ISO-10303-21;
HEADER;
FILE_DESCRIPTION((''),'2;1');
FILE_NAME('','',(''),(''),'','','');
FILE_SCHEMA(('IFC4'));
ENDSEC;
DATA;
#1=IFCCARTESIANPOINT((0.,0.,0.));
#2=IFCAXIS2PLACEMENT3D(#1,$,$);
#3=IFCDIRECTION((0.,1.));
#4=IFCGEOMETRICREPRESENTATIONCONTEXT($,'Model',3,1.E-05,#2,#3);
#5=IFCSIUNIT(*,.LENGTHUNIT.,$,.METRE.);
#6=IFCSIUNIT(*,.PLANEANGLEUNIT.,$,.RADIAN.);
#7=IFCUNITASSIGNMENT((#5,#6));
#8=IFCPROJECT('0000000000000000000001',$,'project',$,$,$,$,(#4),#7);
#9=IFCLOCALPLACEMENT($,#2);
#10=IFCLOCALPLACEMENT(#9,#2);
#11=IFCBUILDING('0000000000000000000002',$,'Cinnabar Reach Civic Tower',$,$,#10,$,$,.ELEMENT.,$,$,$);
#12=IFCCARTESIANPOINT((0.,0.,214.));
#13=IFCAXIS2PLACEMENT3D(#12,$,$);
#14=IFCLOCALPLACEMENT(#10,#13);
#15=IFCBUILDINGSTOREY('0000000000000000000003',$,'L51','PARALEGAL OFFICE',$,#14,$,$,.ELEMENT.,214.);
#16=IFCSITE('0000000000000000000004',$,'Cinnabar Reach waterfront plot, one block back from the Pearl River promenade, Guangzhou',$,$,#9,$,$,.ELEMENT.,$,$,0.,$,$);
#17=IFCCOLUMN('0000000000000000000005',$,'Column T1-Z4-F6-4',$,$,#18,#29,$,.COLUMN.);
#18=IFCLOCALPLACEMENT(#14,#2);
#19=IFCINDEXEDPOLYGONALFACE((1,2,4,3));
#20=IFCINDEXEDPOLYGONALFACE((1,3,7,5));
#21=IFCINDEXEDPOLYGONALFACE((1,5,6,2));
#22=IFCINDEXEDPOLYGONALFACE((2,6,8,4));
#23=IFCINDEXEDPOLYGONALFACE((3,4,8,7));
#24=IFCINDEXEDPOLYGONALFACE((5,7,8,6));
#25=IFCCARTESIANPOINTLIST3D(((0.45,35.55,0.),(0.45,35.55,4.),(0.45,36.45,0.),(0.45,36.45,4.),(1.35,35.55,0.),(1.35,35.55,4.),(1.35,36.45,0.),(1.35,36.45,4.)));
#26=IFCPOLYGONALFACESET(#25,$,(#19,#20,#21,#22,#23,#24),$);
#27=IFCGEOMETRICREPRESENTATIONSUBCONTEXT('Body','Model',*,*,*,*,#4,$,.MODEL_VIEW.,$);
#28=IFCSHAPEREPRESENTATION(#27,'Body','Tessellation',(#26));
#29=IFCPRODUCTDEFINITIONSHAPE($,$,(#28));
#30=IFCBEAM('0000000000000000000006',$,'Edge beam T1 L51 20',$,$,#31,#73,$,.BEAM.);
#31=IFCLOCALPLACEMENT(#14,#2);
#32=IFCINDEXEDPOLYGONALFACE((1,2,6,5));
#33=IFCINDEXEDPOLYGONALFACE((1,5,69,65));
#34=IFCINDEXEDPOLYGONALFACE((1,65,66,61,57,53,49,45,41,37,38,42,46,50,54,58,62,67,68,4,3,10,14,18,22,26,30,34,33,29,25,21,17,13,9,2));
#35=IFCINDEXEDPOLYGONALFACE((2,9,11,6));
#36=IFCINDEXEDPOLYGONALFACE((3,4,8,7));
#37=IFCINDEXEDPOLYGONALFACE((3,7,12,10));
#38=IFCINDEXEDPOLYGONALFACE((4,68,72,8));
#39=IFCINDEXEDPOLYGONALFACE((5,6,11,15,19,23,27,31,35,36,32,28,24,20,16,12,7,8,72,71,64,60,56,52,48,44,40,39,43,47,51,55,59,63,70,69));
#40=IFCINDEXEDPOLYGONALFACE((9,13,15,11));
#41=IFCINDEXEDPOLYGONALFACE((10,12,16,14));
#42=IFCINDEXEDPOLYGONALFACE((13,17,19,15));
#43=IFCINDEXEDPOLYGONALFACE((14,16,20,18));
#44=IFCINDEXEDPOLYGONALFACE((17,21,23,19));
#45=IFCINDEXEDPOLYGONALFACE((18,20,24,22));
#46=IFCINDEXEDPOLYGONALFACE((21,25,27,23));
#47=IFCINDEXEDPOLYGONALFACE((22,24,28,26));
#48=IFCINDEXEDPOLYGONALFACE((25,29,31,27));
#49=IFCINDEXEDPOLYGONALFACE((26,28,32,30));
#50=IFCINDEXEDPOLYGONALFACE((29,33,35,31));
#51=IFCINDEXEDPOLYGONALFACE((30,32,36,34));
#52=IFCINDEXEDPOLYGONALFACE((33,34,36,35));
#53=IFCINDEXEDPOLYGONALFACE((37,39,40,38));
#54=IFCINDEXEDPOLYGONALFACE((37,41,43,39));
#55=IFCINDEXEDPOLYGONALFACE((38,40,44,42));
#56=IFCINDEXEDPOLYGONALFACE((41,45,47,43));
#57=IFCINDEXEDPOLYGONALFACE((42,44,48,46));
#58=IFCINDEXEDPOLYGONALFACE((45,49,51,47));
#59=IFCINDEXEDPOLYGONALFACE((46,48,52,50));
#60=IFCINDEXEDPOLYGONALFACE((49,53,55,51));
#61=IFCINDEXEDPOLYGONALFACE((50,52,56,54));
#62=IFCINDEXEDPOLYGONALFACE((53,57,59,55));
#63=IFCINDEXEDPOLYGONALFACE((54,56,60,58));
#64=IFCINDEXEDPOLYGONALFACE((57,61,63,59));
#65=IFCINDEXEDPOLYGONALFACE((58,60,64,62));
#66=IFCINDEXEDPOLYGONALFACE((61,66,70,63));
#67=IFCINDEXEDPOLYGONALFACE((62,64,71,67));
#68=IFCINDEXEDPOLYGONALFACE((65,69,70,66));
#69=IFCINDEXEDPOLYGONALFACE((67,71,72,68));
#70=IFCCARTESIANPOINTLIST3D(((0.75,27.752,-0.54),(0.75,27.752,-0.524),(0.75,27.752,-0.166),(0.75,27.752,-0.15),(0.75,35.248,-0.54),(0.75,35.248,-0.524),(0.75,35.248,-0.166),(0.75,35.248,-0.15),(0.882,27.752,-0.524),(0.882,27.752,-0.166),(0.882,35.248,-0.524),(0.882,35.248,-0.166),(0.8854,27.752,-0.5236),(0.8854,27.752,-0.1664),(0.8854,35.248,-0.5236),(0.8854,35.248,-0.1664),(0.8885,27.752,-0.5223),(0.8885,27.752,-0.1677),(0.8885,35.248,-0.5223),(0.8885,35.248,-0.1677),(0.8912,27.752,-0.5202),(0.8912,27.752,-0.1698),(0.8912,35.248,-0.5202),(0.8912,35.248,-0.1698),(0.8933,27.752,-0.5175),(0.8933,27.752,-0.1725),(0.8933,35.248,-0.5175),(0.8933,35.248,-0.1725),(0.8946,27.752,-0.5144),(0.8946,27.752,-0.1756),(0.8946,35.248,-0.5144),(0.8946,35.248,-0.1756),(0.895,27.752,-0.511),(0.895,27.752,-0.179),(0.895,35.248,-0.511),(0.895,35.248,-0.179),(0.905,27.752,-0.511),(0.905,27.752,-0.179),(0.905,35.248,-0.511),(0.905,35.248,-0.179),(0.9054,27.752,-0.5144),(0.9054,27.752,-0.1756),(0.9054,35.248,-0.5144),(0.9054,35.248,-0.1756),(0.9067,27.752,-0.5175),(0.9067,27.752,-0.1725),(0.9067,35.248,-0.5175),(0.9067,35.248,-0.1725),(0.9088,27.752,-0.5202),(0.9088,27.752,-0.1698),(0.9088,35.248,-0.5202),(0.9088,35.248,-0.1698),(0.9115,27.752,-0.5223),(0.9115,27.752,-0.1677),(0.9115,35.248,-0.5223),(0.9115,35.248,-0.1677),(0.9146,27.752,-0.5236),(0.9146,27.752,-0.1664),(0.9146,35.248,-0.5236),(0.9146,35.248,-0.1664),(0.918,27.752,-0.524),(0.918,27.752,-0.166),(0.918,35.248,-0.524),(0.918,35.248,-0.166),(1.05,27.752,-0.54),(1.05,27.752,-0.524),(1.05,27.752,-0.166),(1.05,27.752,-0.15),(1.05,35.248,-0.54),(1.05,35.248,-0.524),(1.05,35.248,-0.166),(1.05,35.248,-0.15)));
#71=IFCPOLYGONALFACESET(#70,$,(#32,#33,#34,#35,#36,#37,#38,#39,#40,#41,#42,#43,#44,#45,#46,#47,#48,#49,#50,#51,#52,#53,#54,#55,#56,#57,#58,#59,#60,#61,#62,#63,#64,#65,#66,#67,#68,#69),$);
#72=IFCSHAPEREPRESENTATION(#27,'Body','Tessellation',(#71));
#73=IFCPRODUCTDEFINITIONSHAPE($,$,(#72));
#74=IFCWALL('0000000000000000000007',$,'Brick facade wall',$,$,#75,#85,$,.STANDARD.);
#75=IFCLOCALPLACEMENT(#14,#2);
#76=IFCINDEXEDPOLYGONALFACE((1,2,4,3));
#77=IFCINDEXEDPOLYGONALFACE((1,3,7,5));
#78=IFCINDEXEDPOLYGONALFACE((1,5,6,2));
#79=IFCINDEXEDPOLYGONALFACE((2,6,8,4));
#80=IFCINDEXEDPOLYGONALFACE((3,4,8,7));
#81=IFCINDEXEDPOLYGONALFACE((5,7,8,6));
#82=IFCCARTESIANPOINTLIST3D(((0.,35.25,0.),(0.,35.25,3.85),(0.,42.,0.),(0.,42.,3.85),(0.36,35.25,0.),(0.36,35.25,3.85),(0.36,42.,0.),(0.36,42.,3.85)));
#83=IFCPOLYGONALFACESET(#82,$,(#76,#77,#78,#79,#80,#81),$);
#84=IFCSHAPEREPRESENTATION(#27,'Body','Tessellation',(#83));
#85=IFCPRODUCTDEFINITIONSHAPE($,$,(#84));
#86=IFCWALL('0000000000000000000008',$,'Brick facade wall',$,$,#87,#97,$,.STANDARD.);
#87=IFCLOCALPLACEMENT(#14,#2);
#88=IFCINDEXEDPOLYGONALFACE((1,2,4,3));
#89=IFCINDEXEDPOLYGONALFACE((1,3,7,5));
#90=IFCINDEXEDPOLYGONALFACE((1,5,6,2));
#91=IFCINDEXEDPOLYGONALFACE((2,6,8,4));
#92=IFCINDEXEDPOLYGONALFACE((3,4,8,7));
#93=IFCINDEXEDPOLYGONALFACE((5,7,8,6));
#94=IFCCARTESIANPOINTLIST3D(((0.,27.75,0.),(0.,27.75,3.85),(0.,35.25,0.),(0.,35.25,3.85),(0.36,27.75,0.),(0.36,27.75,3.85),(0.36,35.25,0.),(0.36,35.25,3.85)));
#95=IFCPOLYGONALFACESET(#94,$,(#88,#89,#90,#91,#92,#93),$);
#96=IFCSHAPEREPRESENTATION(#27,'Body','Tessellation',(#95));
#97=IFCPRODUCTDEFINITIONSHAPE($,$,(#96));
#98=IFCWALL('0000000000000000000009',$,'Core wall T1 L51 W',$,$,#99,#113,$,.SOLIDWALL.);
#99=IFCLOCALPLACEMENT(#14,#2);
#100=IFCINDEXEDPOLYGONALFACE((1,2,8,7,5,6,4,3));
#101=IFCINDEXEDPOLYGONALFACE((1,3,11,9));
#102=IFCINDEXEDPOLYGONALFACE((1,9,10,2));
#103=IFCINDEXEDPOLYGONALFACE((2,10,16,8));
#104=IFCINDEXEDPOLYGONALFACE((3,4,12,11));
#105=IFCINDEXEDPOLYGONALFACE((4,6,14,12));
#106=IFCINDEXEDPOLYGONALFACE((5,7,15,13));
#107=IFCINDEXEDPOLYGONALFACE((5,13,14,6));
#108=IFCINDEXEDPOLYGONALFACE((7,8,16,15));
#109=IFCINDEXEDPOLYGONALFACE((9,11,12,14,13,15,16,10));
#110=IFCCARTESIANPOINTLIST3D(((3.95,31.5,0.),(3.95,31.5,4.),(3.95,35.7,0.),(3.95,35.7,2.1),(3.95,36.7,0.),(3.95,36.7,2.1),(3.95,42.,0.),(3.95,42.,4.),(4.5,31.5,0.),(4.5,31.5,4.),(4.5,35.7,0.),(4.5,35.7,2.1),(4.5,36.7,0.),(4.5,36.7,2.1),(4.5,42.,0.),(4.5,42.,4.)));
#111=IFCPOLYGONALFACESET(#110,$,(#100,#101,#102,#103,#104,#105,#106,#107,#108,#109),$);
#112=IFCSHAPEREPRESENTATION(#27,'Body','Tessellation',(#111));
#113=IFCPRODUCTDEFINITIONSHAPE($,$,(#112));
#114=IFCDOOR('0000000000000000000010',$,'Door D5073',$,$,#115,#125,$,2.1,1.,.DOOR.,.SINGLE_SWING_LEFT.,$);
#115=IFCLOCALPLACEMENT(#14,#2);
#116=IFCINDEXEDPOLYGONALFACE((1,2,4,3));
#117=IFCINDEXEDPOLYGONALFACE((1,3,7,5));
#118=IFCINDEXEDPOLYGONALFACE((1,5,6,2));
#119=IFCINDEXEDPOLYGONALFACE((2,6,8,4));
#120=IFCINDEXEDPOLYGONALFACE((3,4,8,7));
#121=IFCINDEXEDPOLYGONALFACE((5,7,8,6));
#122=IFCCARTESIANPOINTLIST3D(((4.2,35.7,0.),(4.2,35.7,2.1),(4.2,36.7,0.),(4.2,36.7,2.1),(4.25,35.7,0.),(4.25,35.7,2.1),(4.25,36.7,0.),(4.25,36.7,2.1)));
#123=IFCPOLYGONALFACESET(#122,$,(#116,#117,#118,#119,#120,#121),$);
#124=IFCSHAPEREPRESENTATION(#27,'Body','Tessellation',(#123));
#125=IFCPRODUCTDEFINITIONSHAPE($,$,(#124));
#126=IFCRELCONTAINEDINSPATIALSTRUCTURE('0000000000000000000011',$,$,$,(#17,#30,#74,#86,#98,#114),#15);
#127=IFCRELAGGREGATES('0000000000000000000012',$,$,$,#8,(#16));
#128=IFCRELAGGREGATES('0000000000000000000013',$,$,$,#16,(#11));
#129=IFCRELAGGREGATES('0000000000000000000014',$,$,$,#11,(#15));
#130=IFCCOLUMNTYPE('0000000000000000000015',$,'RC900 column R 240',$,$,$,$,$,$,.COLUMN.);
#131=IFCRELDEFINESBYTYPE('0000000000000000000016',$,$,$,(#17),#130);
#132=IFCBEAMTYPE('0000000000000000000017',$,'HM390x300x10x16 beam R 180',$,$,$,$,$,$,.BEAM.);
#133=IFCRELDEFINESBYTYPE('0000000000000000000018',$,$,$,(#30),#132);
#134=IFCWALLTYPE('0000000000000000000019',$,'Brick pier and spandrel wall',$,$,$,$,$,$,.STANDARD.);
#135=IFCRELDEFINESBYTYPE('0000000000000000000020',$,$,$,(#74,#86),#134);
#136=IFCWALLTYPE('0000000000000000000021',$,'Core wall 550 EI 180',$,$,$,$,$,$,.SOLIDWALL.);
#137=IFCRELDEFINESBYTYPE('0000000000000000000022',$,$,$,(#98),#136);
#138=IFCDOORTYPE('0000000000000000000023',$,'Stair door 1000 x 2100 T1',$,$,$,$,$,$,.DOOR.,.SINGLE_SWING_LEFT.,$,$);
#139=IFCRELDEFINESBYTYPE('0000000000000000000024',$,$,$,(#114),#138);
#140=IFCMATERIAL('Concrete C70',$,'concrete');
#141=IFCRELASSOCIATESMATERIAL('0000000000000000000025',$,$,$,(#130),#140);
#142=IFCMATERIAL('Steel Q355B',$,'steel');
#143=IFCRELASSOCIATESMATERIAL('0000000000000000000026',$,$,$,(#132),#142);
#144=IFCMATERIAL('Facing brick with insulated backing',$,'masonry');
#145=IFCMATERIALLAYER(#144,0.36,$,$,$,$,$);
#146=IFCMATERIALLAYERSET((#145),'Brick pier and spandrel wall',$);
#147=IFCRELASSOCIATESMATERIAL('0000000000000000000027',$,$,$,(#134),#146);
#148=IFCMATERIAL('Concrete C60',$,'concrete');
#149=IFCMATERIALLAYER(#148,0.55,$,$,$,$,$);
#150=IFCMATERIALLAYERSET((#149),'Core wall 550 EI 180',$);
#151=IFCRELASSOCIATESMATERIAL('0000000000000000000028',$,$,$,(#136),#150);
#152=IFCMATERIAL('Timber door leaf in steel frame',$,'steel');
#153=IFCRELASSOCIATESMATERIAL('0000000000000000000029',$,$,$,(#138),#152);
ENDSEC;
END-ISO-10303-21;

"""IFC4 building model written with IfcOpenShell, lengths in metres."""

from ifc_helpers import new_model, si_unit, direction, frame, frame_2d, origin, origin_2d, place, context, subcontext, project, spatial, rectangle, i_section, extrude, material, layer, layer_set, material_profile, profile_set, type_object, element, fill, save


model = new_model("IFC4")

# Units and contexts
model_context = context("Model", 3, precision=1e-05, world=origin(), true_north=direction((0.0, 1.0)))
body_context = subcontext(model_context, "Body", "Model", "MODEL_VIEW")
ifc_project = project(units=[si_unit("LENGTHUNIT", "METRE"), si_unit("PLANEANGLEUNIT", "RADIAN")], contexts=[model_context])

# Site, building, storey
site_placement = place(None, origin())
site = spatial("IfcSite", under=ifc_project, at=site_placement, Name="Cinnabar Reach waterfront plot, one block back from the Pearl River promenade, Guangzhou", CompositionType="ELEMENT", RefElevation=0.0)
building_placement = place(site_placement, origin())
building = spatial("IfcBuilding", under=site, at=building_placement, Name="Cinnabar Reach Civic Tower", CompositionType="ELEMENT")
storey_placement = place(building_placement, frame((0.0, 0.0, 214.0)))
storey = spatial("IfcBuildingStorey", under=building, at=storey_placement, Name="L51", Description="PARALEGAL OFFICE", CompositionType="ELEMENT", Elevation=214.0)

# Column
ifc_material_1 = material(Name="Concrete C70", Category="concrete")
ifc_material_profile_1 = material_profile(ifc_material_1, rectangle(XDim=0.9, YDim=0.9, at=origin_2d()), Name="RC900")
ifc_profile_set_1 = profile_set([ifc_material_profile_1], Name="Concrete C70")
column_type = type_object("IfcColumnType", Name="RC900 column R 240", PredefinedType="COLUMN", material=ifc_profile_set_1)
column_placement = place(storey_placement, frame((0.9, 36.0, 0.0), z_axis=(0.0, 0.0, 1.0), x_axis=(1.0, 0.0, 0.0)))
element("IfcColumn", 1, at=column_placement, inside=storey, type_object=column_type, Name="Column T1-Z4-F6-4", PredefinedType="COLUMN", context=body_context, shape_type="SweptSolid", body=[
    extrude(rectangle(XDim=0.9, YDim=0.9, at=origin_2d()), origin(), (0.0, 0.0, 1.0), 4.0),
])

# Beam
ifc_material_2 = material(Name="Steel Q355B", Category="steel")
ifc_material_profile_2 = material_profile(ifc_material_2, i_section(OverallWidth=0.3, OverallDepth=0.39, WebThickness=0.01, FlangeThickness=0.016, FilletRadius=0.013, at=origin_2d()), Name="HM390x300x10x16")
ifc_profile_set_2 = profile_set([ifc_material_profile_2], Name="Steel Q355B")
beam_type = type_object("IfcBeamType", Name="HM390x300x10x16 beam R 180", PredefinedType="BEAM", material=ifc_profile_set_2)
beam_placement = place(storey_placement, frame((0.9, 35.248, -0.345), z_axis=(0.0, -1.0, 0.0), x_axis=(1.0, 0.0, 0.0)))
element("IfcBeam", 2, at=beam_placement, inside=storey, type_object=beam_type, Name="Edge beam T1 L51 20", PredefinedType="BEAM", context=body_context, shape_type="SweptSolid", body=[
    extrude(i_section(OverallWidth=0.3, OverallDepth=0.39, WebThickness=0.01, FlangeThickness=0.016, FilletRadius=0.013, at=origin_2d()), origin(), (0.0, 0.0, 1.0), 7.496),
])

# Walls
ifc_material_3 = material(Name="Facing brick with insulated backing", Category="masonry")
ifc_layer_1 = layer(ifc_material_3, 0.36)
ifc_layer_set_1 = layer_set([ifc_layer_1], Name="Brick pier and spandrel wall")
wall_type_1 = type_object("IfcWallType", Name="Brick pier and spandrel wall", PredefinedType="STANDARD", material=ifc_layer_set_1)
wall_1_placement = place(storey_placement, frame((0.18, 42.0, 0.0), z_axis=(0.0, 0.0, 1.0), x_axis=(0.0, -1.0, 0.0)))
element("IfcWall", 3, at=wall_1_placement, inside=storey, type_object=wall_type_1, Name="Brick facade wall", PredefinedType="STANDARD", context=body_context, shape_type="SweptSolid", body=[
    extrude(rectangle(XDim=6.75, YDim=0.36, at=frame_2d((3.375, 0.0))), origin(), (0.0, 0.0, 1.0), 3.85),
])
wall_2_placement = place(storey_placement, frame((0.18, 35.25, 0.0), z_axis=(0.0, 0.0, 1.0), x_axis=(0.0, -1.0, 0.0)))
element("IfcWall", 4, at=wall_2_placement, inside=storey, type_object=wall_type_1, Name="Brick facade wall", PredefinedType="STANDARD", context=body_context, shape_type="SweptSolid", body=[
    extrude(rectangle(XDim=7.5, YDim=0.36, at=frame_2d((3.75, 0.0))), origin(), (0.0, 0.0, 1.0), 3.85),
])

# Wall, opening, door
ifc_material_4 = material(Name="Concrete C60", Category="concrete")
ifc_layer_2 = layer(ifc_material_4, 0.55)
ifc_layer_set_2 = layer_set([ifc_layer_2], Name="Core wall 550 EI 180")
wall_type_2 = type_object("IfcWallType", Name="Core wall 550 EI 180", PredefinedType="SOLIDWALL", material=ifc_layer_set_2)
wall_3_placement = place(storey_placement, frame((4.225, 42.0, 0.0), z_axis=(0.0, 0.0, 1.0), x_axis=(0.0, -1.0, 0.0)))
wall_3 = element("IfcWall", 5, at=wall_3_placement, inside=storey, type_object=wall_type_2, Name="Core wall T1 L51 W", PredefinedType="SOLIDWALL", context=body_context, shape_type="SweptSolid", body=[
    extrude(rectangle(XDim=10.5, YDim=0.55, at=frame_2d((5.25, 0.0))), origin(), (0.0, 0.0, 1.0), 4.0),
])
opening_1_placement = place(wall_3_placement, frame((5.3, 0.0, 0.0)))
opening_1 = element("IfcOpeningElement", 6, at=opening_1_placement, cuts=wall_3, PredefinedType="OPENING", context=body_context, shape_type="SweptSolid", body=[
    extrude(rectangle(XDim=1.0, YDim=2.1, at=frame_2d((0.5, 1.05))), frame((0.0, 0.285, 0.0), z_axis=(0.0, -1.0, 0.0), x_axis=(1.0, 0.0, 0.0)), (0.0, 0.0, 1.0), 0.57),
])
ifc_material_5 = material(Name="Timber door leaf in steel frame", Category="steel")
door_type_1 = type_object("IfcDoorType", Name="Stair door 1000 x 2100 T1", OperationType="SINGLE_SWING_LEFT", PredefinedType="DOOR", material=ifc_material_5)
door_1_placement = place(opening_1_placement, frame((1.0, 0.0, 0.0), z_axis=(0.0, 0.0, 1.0), x_axis=(-1.0, 0.0, 0.0)))
door_1 = element("IfcDoor", 7, at=door_1_placement, inside=storey, type_object=door_type_1, Name="Door D5073", OperationType="SINGLE_SWING_LEFT", OverallHeight=2.1, OverallWidth=1.0, PredefinedType="DOOR", context=body_context, shape_type="SweptSolid", body=[
    extrude(rectangle(XDim=1.0, YDim=2.1, at=frame_2d((0.5, 1.05))), frame((0.0, 0.025, 0.0), z_axis=(0.0, -1.0, 0.0), x_axis=(1.0, 0.0, 0.0)), (0.0, 0.0, 1.0), 0.05),
])
fill(opening_1, door_1)

save(model, "model.ifc")
